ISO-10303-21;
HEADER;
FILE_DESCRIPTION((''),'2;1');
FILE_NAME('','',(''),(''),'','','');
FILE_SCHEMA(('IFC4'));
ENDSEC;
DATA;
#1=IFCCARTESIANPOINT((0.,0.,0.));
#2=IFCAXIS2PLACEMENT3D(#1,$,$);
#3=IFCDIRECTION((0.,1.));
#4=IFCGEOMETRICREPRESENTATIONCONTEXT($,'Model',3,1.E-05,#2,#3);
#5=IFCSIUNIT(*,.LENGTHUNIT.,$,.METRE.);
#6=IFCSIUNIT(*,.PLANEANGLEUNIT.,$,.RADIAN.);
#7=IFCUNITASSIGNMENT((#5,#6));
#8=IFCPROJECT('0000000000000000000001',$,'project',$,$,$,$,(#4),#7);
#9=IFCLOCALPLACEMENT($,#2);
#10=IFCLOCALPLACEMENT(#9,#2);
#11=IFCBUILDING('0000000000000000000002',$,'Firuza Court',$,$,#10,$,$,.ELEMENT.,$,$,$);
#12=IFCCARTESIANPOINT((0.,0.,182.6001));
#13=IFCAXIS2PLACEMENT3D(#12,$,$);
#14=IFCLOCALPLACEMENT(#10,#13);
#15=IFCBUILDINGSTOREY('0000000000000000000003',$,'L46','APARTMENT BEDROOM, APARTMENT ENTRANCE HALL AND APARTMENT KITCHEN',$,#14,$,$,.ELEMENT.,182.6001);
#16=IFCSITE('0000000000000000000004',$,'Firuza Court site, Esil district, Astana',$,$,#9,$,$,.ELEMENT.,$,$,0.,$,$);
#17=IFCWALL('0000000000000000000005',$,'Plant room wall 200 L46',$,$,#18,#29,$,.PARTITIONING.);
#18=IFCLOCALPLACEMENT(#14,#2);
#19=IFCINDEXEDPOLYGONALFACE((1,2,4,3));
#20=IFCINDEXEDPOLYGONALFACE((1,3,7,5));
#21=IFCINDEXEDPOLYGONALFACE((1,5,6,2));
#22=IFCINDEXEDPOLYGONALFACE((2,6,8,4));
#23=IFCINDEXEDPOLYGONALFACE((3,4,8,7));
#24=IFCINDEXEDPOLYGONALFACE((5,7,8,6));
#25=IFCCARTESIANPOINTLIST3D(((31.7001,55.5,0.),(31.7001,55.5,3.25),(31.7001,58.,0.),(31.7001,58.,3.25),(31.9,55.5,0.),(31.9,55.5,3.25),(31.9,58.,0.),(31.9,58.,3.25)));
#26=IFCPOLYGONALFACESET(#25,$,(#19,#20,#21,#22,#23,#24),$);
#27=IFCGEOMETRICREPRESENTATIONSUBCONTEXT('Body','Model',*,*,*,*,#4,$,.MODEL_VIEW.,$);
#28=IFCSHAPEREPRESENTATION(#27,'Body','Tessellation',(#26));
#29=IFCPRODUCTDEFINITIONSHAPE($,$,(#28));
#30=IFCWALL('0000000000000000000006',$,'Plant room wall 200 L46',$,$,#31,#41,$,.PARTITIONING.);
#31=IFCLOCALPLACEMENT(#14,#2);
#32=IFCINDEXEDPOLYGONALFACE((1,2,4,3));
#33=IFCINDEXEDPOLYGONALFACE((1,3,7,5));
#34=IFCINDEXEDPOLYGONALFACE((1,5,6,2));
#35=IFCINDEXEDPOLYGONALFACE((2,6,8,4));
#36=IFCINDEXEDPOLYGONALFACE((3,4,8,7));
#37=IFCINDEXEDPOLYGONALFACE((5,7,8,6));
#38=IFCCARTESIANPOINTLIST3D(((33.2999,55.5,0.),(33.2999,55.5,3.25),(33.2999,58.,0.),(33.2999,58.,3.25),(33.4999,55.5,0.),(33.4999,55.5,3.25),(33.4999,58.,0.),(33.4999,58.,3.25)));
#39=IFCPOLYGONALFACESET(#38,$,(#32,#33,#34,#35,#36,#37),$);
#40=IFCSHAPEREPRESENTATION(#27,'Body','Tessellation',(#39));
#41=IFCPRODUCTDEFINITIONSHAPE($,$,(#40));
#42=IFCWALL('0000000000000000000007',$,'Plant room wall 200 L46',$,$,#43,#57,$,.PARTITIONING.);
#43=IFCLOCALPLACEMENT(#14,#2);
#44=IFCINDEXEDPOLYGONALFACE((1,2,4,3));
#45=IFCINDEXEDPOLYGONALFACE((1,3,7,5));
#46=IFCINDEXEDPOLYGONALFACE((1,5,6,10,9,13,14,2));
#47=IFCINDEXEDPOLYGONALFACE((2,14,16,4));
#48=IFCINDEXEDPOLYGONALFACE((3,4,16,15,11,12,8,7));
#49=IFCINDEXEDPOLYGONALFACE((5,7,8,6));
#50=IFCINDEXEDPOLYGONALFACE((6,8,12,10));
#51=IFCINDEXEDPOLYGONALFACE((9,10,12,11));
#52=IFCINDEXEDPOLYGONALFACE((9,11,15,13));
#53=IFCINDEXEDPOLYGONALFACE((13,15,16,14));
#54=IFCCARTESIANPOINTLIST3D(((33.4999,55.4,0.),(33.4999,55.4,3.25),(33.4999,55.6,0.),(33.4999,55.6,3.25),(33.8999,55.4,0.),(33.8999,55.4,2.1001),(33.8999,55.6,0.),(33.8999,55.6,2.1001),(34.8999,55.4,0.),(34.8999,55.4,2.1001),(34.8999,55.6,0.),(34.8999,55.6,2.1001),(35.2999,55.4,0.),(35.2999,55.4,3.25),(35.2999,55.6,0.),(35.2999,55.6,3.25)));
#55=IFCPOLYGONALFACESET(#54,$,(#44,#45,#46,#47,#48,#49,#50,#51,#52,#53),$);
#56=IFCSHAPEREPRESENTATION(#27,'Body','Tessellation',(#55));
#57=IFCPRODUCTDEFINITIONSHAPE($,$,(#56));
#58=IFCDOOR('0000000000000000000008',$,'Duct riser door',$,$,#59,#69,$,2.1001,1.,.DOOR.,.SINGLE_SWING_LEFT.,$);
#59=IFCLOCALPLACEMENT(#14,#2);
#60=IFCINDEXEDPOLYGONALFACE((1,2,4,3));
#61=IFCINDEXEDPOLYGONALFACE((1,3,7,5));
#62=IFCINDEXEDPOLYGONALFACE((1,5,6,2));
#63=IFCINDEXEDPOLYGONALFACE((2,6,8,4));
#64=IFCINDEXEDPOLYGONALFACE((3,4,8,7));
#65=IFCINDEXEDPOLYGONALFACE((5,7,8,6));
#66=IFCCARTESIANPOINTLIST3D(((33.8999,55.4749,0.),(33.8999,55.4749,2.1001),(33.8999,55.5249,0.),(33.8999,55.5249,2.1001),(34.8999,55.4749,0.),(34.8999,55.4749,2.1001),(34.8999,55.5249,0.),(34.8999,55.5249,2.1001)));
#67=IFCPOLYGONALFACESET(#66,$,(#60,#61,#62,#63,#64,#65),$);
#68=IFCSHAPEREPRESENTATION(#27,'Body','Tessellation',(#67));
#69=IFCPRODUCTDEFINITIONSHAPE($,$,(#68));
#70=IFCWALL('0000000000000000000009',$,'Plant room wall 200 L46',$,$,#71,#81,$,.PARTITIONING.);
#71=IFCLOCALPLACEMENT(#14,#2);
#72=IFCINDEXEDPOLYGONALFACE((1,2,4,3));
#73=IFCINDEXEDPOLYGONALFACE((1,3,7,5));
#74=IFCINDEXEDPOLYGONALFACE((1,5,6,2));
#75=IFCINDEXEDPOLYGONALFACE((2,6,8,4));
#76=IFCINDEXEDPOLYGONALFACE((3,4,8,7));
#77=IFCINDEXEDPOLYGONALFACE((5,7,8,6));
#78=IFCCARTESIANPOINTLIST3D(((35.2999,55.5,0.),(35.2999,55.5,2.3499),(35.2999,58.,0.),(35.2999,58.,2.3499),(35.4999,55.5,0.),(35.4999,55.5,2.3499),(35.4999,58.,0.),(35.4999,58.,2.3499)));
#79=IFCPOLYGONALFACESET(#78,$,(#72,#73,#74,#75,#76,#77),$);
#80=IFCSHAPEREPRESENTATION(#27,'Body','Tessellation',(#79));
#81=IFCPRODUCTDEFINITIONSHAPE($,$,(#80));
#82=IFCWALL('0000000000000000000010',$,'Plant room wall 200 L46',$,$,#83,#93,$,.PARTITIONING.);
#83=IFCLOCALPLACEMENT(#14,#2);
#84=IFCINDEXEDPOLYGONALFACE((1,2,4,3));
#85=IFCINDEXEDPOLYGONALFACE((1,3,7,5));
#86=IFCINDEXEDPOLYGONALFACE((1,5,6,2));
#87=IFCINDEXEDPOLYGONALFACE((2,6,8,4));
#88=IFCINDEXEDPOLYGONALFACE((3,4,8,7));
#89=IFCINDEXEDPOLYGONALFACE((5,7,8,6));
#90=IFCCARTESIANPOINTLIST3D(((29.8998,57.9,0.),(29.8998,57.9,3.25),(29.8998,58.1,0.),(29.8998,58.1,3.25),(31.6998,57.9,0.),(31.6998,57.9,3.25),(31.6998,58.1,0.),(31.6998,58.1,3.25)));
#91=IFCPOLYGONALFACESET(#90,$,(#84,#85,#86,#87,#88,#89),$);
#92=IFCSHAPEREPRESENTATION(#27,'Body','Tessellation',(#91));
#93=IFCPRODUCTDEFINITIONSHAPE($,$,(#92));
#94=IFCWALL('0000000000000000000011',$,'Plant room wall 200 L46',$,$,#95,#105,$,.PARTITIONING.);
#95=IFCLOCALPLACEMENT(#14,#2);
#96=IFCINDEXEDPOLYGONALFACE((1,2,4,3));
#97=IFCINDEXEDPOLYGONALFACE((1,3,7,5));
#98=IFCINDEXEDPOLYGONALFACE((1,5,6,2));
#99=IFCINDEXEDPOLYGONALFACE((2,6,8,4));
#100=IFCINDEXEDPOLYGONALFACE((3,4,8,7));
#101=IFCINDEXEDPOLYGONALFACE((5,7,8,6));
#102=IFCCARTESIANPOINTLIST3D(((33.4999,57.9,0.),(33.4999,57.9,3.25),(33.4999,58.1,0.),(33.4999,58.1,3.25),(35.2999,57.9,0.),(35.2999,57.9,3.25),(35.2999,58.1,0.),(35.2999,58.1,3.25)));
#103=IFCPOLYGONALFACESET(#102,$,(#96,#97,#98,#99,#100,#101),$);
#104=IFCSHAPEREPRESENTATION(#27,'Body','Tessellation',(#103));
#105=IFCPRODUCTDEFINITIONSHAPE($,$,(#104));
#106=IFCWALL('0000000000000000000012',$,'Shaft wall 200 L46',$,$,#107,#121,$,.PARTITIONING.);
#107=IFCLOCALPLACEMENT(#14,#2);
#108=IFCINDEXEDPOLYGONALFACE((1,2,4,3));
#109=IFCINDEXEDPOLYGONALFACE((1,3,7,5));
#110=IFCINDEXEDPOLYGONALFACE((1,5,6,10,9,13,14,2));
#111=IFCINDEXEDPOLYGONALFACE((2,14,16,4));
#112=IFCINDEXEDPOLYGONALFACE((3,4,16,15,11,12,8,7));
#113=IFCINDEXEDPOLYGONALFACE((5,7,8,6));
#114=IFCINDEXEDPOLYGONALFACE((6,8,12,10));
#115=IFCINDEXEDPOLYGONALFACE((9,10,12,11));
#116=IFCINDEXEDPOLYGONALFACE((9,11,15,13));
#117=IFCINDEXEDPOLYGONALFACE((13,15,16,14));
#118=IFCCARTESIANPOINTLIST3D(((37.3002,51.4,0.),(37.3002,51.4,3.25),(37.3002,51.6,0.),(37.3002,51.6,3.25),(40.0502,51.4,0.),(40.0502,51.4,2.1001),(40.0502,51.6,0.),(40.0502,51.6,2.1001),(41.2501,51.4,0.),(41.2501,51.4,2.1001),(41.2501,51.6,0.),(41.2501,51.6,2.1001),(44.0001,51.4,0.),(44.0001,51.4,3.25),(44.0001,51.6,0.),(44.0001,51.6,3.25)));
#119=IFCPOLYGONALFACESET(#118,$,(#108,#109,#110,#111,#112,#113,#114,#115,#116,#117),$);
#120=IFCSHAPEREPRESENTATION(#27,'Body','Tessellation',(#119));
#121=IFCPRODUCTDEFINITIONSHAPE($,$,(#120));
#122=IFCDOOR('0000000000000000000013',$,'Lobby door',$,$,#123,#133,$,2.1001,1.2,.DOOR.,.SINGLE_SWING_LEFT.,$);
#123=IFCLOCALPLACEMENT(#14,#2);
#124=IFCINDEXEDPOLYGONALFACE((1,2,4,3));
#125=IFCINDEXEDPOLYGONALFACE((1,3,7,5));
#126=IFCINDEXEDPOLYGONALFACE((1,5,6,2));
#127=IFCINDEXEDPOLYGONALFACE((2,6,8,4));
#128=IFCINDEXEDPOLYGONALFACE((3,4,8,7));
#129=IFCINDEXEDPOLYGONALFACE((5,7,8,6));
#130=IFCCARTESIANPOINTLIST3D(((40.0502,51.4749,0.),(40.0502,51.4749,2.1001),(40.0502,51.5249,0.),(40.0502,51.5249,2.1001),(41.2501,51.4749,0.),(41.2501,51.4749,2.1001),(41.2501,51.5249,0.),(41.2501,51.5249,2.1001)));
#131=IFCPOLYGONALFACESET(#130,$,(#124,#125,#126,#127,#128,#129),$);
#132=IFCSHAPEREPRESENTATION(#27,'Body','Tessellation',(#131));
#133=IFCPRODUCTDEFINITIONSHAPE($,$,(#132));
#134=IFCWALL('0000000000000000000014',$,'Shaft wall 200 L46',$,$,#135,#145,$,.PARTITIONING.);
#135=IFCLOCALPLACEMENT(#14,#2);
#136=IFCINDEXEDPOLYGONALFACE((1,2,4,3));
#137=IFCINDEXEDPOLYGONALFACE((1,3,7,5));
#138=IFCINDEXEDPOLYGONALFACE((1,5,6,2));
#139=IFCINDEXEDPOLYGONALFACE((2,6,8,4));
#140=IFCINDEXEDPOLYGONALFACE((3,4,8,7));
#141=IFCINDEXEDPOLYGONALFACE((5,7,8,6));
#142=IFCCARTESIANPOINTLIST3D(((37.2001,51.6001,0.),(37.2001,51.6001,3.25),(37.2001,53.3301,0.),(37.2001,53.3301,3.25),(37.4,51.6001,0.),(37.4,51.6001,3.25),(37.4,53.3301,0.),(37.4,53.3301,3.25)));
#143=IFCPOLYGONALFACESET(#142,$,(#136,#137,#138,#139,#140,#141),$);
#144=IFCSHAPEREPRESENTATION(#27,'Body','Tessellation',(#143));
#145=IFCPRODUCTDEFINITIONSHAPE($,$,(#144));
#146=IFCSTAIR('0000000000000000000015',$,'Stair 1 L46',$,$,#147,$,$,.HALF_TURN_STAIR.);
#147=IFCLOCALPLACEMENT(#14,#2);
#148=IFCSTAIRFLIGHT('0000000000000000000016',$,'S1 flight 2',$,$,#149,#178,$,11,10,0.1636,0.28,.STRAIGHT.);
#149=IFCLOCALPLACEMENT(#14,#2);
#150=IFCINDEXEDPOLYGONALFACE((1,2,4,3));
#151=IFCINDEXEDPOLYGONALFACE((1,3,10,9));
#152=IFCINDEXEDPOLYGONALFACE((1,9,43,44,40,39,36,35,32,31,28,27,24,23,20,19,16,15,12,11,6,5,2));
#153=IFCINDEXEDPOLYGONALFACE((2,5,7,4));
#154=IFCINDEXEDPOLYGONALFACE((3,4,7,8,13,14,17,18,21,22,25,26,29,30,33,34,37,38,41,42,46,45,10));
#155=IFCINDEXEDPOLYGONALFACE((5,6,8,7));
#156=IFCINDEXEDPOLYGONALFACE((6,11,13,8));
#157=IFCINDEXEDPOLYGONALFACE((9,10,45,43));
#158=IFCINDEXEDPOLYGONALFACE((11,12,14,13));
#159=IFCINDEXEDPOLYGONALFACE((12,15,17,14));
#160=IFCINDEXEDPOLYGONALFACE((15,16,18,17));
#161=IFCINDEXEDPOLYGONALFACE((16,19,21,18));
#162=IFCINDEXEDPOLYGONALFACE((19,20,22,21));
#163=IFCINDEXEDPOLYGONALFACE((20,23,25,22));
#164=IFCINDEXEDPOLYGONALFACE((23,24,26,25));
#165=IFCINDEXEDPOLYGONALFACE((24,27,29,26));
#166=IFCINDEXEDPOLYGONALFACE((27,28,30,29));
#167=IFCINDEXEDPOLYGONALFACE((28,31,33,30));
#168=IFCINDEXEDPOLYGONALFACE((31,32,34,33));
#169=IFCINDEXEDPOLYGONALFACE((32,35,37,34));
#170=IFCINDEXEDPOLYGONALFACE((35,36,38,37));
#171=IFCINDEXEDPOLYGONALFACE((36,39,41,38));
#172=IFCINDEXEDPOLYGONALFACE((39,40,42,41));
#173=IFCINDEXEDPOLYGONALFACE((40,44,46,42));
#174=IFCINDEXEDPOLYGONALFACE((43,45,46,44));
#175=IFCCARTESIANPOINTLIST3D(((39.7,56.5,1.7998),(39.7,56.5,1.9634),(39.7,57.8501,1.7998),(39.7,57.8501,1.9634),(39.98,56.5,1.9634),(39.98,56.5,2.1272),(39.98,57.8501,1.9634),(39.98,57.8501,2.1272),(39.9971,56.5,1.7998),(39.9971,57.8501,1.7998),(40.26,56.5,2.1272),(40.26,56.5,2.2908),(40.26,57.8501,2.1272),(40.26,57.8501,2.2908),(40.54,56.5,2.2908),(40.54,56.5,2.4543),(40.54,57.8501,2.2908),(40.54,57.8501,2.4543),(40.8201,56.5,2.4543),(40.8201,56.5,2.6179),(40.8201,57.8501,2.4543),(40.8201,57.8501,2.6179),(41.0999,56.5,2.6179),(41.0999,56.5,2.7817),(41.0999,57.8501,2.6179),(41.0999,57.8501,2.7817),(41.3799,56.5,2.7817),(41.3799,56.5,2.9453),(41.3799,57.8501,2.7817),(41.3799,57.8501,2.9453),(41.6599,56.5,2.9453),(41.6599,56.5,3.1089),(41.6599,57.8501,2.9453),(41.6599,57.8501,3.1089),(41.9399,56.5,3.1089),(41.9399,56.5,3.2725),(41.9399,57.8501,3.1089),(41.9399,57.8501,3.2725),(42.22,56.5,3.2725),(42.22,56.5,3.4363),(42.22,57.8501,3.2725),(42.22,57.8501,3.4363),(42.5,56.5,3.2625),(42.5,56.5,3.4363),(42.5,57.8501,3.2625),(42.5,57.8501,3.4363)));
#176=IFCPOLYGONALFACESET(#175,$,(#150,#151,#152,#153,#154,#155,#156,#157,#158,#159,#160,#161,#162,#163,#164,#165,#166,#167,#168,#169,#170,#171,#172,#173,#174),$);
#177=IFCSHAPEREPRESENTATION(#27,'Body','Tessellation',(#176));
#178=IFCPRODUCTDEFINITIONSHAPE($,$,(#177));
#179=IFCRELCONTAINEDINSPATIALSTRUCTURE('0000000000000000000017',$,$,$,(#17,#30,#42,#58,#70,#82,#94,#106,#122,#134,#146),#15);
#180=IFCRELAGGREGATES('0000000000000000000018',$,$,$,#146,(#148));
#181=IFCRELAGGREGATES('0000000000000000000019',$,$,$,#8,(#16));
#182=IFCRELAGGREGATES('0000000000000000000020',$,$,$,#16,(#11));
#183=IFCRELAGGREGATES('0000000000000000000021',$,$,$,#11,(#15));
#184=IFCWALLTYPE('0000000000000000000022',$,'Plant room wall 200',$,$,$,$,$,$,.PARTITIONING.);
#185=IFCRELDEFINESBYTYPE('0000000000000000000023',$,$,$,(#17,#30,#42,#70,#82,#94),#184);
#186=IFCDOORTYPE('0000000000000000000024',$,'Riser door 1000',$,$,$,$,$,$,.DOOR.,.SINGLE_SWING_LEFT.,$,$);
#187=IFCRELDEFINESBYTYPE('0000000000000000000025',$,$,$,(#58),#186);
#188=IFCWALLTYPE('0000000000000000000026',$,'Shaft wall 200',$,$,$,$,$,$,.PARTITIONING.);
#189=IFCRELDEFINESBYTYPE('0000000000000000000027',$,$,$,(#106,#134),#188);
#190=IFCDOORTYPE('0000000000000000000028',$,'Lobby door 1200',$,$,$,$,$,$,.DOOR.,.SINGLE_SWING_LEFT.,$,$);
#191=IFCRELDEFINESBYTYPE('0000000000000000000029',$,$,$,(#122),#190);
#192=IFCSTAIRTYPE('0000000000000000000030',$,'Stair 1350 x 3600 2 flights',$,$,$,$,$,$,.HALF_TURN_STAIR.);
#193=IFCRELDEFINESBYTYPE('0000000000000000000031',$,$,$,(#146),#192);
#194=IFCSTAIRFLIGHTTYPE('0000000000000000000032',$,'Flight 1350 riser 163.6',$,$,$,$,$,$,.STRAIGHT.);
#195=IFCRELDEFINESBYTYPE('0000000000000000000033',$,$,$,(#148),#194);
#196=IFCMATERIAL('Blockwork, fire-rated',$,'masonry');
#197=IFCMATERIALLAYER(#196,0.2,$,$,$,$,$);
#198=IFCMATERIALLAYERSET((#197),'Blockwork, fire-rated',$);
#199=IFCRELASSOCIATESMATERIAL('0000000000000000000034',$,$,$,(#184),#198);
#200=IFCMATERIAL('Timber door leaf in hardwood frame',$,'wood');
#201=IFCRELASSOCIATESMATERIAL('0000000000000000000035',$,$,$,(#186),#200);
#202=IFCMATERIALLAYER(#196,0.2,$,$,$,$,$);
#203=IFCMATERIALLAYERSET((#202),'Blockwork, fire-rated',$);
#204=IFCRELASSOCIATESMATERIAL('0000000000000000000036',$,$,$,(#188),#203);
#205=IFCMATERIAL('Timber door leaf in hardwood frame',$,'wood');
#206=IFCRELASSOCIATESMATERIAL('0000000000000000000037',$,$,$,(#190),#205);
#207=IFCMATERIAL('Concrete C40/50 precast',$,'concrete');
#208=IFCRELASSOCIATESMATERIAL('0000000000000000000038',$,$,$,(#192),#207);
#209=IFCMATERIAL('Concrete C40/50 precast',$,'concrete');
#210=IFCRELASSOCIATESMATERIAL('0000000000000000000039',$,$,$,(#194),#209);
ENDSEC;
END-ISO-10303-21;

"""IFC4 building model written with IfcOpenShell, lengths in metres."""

from ifc_helpers import new_model, si_unit, direction, frame, frame_2d, origin, place, context, subcontext, project, spatial, polyline, rectangle, outline, extrude, material, layer, layer_set, type_object, element, fill, aggregate, save


model = new_model("IFC4")

# Units and contexts
model_context = context("Model", 3, precision=1e-05, world=origin(), true_north=direction((0.0, 1.0)))
body_context = subcontext(model_context, "Body", "Model", "MODEL_VIEW")
ifc_project = project(units=[si_unit("LENGTHUNIT", "METRE"), si_unit("PLANEANGLEUNIT", "RADIAN")], contexts=[model_context])

# Site, building, storey
site_placement = place(None, origin())
site = spatial("IfcSite", under=ifc_project, at=site_placement, Name="Firuza Court site, Esil district, Astana", CompositionType="ELEMENT", RefElevation=0.0)
building_placement = place(site_placement, origin())
building = spatial("IfcBuilding", under=site, at=building_placement, Name="Firuza Court", CompositionType="ELEMENT")
storey_placement = place(building_placement, frame((0.0, 0.0, 182.6001)))
storey = spatial("IfcBuildingStorey", under=building, at=storey_placement, Name="L46", Description="APARTMENT BEDROOM, APARTMENT ENTRANCE HALL AND APARTMENT KITCHEN", CompositionType="ELEMENT", Elevation=182.6001)

# Shared definitions
ifc_material_1 = material(Name="Blockwork, fire-rated", Category="masonry")
ifc_layer_1 = layer(ifc_material_1, 0.2)
ifc_layer_set_1 = layer_set([ifc_layer_1], Name="Blockwork, fire-rated")
wall_type_1 = type_object("IfcWallType", Name="Plant room wall 200", PredefinedType="PARTITIONING", material=ifc_layer_set_1)

# Shared definitions
ifc_material_2 = material(Name="Timber door leaf in hardwood frame", Category="wood")
door_type_1 = type_object("IfcDoorType", Name="Riser door 1000", OperationType="SINGLE_SWING_LEFT", PredefinedType="DOOR", material=ifc_material_2)

# Walls
for number, where, z_axis, x_axis, name in (
    (1, (31.8, 55.5, 0.0), (0.0, 0.0, 1.0), (0.0, 1.0, 0.0), "Plant room wall 200 L46"),
    (2, (33.3999, 55.5, 0.0), (0.0, 0.0, 1.0), (0.0, 1.0, 0.0), "Plant room wall 200 L46"),
):
    element("IfcWall", number, at=place(storey_placement, frame(where, z_axis=z_axis, x_axis=x_axis)), inside=storey, type_object=wall_type_1, Name=name, PredefinedType="PARTITIONING", context=body_context, shape_type="SweptSolid", body=[
        extrude(rectangle(XDim=2.5, YDim=0.2, at=frame_2d((1.25, 0.0))), origin(), (0.0, 0.0, 1.0), 3.25),
    ])

# Wall, opening, door
wall_1_placement = place(storey_placement, frame((33.5, 55.5, 0.0), z_axis=(0.0, 0.0, 1.0), x_axis=(1.0, 0.0, 0.0)))
wall_1 = element("IfcWall", 3, at=wall_1_placement, inside=storey, type_object=wall_type_1, Name="Plant room wall 200 L46", PredefinedType="PARTITIONING", context=body_context, shape_type="SweptSolid", body=[
    extrude(rectangle(XDim=1.8, YDim=0.2, at=frame_2d((0.8999, 0.0))), origin(), (0.0, 0.0, 1.0), 3.25),
])
opening_1_placement = place(wall_1_placement, frame((0.3999, 0.0, 0.0)))
opening_1 = element("IfcOpeningElement", 4, at=opening_1_placement, cuts=wall_1, PredefinedType="OPENING", context=body_context, shape_type="SweptSolid", body=[
    extrude(rectangle(XDim=1.0, YDim=2.1001, at=frame_2d((0.5, 1.05))), frame((0.0, 0.1118, 0.0), z_axis=(0.0, -1.0, 0.0), x_axis=(1.0, 0.0, 0.0)), (0.0, 0.0, 1.0), 0.2239),
])
door_1_placement = place(opening_1_placement, origin())
door_1 = element("IfcDoor", 5, at=door_1_placement, inside=storey, type_object=door_type_1, Name="Duct riser door", OperationType="SINGLE_SWING_LEFT", OverallHeight=2.1001, OverallWidth=1.0, PredefinedType="DOOR", context=body_context, shape_type="SweptSolid", body=[
    extrude(rectangle(XDim=1.0, YDim=2.1001, at=frame_2d((0.5, 1.05))), frame((0.0, 0.0249, 0.0), z_axis=(0.0, -1.0, 0.0), x_axis=(1.0, 0.0, 0.0)), (0.0, 0.0, 1.0), 0.05),
])
fill(opening_1, door_1)

# Walls
wall_2_placement = place(storey_placement, frame((35.3999, 55.5, 0.0), z_axis=(0.0, 0.0, 1.0), x_axis=(0.0, 1.0, 0.0)))
element("IfcWall", 6, at=wall_2_placement, inside=storey, type_object=wall_type_1, Name="Plant room wall 200 L46", PredefinedType="PARTITIONING", context=body_context, shape_type="SweptSolid", body=[
    extrude(rectangle(XDim=2.5, YDim=0.2, at=frame_2d((1.25, 0.0))), origin(), (0.0, 0.0, 1.0), 2.3499),
])
for number, where, z_axis, x_axis, name in (
    (7, (29.8999, 58.0, 0.0), (0.0, 0.0, 1.0), (1.0, 0.0, 0.0), "Plant room wall 200 L46"),
    (8, (33.5, 58.0, 0.0), (0.0, 0.0, 1.0), (1.0, 0.0, 0.0), "Plant room wall 200 L46"),
):
    element("IfcWall", number, at=place(storey_placement, frame(where, z_axis=z_axis, x_axis=x_axis)), inside=storey, type_object=wall_type_1, Name=name, PredefinedType="PARTITIONING", context=body_context, shape_type="SweptSolid", body=[
        extrude(rectangle(XDim=1.8, YDim=0.2, at=frame_2d((0.8999, 0.0))), origin(), (0.0, 0.0, 1.0), 3.25),
    ])

# Wall, opening, door
ifc_layer_2 = layer(ifc_material_1, 0.2)
ifc_layer_set_2 = layer_set([ifc_layer_2], Name="Blockwork, fire-rated")
wall_type_2 = type_object("IfcWallType", Name="Shaft wall 200", PredefinedType="PARTITIONING", material=ifc_layer_set_2)
wall_3_placement = place(storey_placement, frame((37.3, 51.5, 0.0), z_axis=(0.0, 0.0, 1.0), x_axis=(1.0, 0.0, 0.0)))
wall_3 = element("IfcWall", 9, at=wall_3_placement, inside=storey, type_object=wall_type_2, Name="Shaft wall 200 L46", PredefinedType="PARTITIONING", context=body_context, shape_type="SweptSolid", body=[
    extrude(rectangle(XDim=6.7, YDim=0.2, at=frame_2d((3.3501, 0.0))), origin(), (0.0, 0.0, 1.0), 3.25),
])
opening_2_placement = place(wall_3_placement, frame((2.75, 0.0, 0.0)))
opening_2 = element("IfcOpeningElement", 10, at=opening_2_placement, cuts=wall_3, PredefinedType="OPENING", context=body_context, shape_type="SweptSolid", body=[
    extrude(rectangle(XDim=1.2, YDim=2.1001, at=frame_2d((0.6001, 1.05))), frame((0.0, 0.1118, 0.0), z_axis=(0.0, -1.0, 0.0), x_axis=(1.0, 0.0, 0.0)), (0.0, 0.0, 1.0), 0.2239),
])
ifc_material_3 = material(Name="Timber door leaf in hardwood frame", Category="wood")
door_type_2 = type_object("IfcDoorType", Name="Lobby door 1200", OperationType="SINGLE_SWING_LEFT", PredefinedType="DOOR", material=ifc_material_3)
door_2_placement = place(opening_2_placement, origin())
door_2 = element("IfcDoor", 11, at=door_2_placement, inside=storey, type_object=door_type_2, Name="Lobby door", OperationType="SINGLE_SWING_LEFT", OverallHeight=2.1001, OverallWidth=1.2, PredefinedType="DOOR", context=body_context, shape_type="SweptSolid", body=[
    extrude(rectangle(XDim=1.2, YDim=2.1001, at=frame_2d((0.6001, 1.05))), frame((0.0, 0.0249, 0.0), z_axis=(0.0, -1.0, 0.0), x_axis=(1.0, 0.0, 0.0)), (0.0, 0.0, 1.0), 0.05),
])
fill(opening_2, door_2)

# Wall
wall_4_placement = place(storey_placement, frame((37.3, 51.6001, 0.0), z_axis=(0.0, 0.0, 1.0), x_axis=(0.0, 1.0, 0.0)))
element("IfcWall", 12, at=wall_4_placement, inside=storey, type_object=wall_type_2, Name="Shaft wall 200 L46", PredefinedType="PARTITIONING", context=body_context, shape_type="SweptSolid", body=[
    extrude(rectangle(XDim=1.73, YDim=0.2, at=frame_2d((0.865, 0.0))), origin(), (0.0, 0.0, 1.0), 3.25),
])

# Stair, stair flight
ifc_material_4 = material(Name="Concrete C40/50 precast", Category="concrete")
stair_type = type_object("IfcStairType", Name="Stair 1350 x 3600 2 flights", PredefinedType="HALF_TURN_STAIR", material=ifc_material_4)
stair_placement = place(storey_placement, origin())
stair = element("IfcStair", 13, at=stair_placement, inside=storey, type_object=stair_type, Name="Stair 1 L46", PredefinedType="HALF_TURN_STAIR")
ifc_material_5 = material(Name="Concrete C40/50 precast", Category="concrete")
stair_flight_type = type_object("IfcStairFlightType", Name="Flight 1350 riser 163.6", PredefinedType="STRAIGHT", material=ifc_material_5)
stair_flight_placement = place(storey_placement, frame((39.7, 57.175, 1.7998), z_axis=(0.0, 0.0, 1.0), x_axis=(1.0, 0.0, 0.0)))
stair_flight = element("IfcStairFlight", 14, at=stair_flight_placement, type_object=stair_flight_type, Name="S1 flight 2", NumberOfRisers=11, NumberOfTreads=10, PredefinedType="STRAIGHT", RiserHeight=0.1636, TreadLength=0.28, context=body_context, shape_type="SweptSolid", body=[
    extrude(outline(polyline([(0.0, 0.0), (0.0, 0.1636), (0.28, 0.1636), (0.28, 0.3274), (0.5601, 0.3274), (0.5601, 0.491), (0.8401, 0.491), (0.8401, 0.6545), (1.1201, 0.6545), (1.1201, 0.8181), (1.3999, 0.8181), (1.3999, 0.9819), (1.6799, 0.9819), (1.6799, 1.1455), (1.96, 1.1455), (1.96, 1.3091), (2.24, 1.3091), (2.24, 1.4727), (2.52, 1.4727), (2.52, 1.6365), (2.8, 1.6365), (2.8, 1.8), (2.8, 1.4626), (0.2971, 0.0), (0.0, 0.0)])), frame((0.0, 0.675, 0.0), z_axis=(0.0, -1.0, 0.0), x_axis=(1.0, 0.0, 0.0)), (0.0, 0.0, 1.0), 1.3501),
])
aggregate(stair, [stair_flight])

save(model, "model.ifc")
